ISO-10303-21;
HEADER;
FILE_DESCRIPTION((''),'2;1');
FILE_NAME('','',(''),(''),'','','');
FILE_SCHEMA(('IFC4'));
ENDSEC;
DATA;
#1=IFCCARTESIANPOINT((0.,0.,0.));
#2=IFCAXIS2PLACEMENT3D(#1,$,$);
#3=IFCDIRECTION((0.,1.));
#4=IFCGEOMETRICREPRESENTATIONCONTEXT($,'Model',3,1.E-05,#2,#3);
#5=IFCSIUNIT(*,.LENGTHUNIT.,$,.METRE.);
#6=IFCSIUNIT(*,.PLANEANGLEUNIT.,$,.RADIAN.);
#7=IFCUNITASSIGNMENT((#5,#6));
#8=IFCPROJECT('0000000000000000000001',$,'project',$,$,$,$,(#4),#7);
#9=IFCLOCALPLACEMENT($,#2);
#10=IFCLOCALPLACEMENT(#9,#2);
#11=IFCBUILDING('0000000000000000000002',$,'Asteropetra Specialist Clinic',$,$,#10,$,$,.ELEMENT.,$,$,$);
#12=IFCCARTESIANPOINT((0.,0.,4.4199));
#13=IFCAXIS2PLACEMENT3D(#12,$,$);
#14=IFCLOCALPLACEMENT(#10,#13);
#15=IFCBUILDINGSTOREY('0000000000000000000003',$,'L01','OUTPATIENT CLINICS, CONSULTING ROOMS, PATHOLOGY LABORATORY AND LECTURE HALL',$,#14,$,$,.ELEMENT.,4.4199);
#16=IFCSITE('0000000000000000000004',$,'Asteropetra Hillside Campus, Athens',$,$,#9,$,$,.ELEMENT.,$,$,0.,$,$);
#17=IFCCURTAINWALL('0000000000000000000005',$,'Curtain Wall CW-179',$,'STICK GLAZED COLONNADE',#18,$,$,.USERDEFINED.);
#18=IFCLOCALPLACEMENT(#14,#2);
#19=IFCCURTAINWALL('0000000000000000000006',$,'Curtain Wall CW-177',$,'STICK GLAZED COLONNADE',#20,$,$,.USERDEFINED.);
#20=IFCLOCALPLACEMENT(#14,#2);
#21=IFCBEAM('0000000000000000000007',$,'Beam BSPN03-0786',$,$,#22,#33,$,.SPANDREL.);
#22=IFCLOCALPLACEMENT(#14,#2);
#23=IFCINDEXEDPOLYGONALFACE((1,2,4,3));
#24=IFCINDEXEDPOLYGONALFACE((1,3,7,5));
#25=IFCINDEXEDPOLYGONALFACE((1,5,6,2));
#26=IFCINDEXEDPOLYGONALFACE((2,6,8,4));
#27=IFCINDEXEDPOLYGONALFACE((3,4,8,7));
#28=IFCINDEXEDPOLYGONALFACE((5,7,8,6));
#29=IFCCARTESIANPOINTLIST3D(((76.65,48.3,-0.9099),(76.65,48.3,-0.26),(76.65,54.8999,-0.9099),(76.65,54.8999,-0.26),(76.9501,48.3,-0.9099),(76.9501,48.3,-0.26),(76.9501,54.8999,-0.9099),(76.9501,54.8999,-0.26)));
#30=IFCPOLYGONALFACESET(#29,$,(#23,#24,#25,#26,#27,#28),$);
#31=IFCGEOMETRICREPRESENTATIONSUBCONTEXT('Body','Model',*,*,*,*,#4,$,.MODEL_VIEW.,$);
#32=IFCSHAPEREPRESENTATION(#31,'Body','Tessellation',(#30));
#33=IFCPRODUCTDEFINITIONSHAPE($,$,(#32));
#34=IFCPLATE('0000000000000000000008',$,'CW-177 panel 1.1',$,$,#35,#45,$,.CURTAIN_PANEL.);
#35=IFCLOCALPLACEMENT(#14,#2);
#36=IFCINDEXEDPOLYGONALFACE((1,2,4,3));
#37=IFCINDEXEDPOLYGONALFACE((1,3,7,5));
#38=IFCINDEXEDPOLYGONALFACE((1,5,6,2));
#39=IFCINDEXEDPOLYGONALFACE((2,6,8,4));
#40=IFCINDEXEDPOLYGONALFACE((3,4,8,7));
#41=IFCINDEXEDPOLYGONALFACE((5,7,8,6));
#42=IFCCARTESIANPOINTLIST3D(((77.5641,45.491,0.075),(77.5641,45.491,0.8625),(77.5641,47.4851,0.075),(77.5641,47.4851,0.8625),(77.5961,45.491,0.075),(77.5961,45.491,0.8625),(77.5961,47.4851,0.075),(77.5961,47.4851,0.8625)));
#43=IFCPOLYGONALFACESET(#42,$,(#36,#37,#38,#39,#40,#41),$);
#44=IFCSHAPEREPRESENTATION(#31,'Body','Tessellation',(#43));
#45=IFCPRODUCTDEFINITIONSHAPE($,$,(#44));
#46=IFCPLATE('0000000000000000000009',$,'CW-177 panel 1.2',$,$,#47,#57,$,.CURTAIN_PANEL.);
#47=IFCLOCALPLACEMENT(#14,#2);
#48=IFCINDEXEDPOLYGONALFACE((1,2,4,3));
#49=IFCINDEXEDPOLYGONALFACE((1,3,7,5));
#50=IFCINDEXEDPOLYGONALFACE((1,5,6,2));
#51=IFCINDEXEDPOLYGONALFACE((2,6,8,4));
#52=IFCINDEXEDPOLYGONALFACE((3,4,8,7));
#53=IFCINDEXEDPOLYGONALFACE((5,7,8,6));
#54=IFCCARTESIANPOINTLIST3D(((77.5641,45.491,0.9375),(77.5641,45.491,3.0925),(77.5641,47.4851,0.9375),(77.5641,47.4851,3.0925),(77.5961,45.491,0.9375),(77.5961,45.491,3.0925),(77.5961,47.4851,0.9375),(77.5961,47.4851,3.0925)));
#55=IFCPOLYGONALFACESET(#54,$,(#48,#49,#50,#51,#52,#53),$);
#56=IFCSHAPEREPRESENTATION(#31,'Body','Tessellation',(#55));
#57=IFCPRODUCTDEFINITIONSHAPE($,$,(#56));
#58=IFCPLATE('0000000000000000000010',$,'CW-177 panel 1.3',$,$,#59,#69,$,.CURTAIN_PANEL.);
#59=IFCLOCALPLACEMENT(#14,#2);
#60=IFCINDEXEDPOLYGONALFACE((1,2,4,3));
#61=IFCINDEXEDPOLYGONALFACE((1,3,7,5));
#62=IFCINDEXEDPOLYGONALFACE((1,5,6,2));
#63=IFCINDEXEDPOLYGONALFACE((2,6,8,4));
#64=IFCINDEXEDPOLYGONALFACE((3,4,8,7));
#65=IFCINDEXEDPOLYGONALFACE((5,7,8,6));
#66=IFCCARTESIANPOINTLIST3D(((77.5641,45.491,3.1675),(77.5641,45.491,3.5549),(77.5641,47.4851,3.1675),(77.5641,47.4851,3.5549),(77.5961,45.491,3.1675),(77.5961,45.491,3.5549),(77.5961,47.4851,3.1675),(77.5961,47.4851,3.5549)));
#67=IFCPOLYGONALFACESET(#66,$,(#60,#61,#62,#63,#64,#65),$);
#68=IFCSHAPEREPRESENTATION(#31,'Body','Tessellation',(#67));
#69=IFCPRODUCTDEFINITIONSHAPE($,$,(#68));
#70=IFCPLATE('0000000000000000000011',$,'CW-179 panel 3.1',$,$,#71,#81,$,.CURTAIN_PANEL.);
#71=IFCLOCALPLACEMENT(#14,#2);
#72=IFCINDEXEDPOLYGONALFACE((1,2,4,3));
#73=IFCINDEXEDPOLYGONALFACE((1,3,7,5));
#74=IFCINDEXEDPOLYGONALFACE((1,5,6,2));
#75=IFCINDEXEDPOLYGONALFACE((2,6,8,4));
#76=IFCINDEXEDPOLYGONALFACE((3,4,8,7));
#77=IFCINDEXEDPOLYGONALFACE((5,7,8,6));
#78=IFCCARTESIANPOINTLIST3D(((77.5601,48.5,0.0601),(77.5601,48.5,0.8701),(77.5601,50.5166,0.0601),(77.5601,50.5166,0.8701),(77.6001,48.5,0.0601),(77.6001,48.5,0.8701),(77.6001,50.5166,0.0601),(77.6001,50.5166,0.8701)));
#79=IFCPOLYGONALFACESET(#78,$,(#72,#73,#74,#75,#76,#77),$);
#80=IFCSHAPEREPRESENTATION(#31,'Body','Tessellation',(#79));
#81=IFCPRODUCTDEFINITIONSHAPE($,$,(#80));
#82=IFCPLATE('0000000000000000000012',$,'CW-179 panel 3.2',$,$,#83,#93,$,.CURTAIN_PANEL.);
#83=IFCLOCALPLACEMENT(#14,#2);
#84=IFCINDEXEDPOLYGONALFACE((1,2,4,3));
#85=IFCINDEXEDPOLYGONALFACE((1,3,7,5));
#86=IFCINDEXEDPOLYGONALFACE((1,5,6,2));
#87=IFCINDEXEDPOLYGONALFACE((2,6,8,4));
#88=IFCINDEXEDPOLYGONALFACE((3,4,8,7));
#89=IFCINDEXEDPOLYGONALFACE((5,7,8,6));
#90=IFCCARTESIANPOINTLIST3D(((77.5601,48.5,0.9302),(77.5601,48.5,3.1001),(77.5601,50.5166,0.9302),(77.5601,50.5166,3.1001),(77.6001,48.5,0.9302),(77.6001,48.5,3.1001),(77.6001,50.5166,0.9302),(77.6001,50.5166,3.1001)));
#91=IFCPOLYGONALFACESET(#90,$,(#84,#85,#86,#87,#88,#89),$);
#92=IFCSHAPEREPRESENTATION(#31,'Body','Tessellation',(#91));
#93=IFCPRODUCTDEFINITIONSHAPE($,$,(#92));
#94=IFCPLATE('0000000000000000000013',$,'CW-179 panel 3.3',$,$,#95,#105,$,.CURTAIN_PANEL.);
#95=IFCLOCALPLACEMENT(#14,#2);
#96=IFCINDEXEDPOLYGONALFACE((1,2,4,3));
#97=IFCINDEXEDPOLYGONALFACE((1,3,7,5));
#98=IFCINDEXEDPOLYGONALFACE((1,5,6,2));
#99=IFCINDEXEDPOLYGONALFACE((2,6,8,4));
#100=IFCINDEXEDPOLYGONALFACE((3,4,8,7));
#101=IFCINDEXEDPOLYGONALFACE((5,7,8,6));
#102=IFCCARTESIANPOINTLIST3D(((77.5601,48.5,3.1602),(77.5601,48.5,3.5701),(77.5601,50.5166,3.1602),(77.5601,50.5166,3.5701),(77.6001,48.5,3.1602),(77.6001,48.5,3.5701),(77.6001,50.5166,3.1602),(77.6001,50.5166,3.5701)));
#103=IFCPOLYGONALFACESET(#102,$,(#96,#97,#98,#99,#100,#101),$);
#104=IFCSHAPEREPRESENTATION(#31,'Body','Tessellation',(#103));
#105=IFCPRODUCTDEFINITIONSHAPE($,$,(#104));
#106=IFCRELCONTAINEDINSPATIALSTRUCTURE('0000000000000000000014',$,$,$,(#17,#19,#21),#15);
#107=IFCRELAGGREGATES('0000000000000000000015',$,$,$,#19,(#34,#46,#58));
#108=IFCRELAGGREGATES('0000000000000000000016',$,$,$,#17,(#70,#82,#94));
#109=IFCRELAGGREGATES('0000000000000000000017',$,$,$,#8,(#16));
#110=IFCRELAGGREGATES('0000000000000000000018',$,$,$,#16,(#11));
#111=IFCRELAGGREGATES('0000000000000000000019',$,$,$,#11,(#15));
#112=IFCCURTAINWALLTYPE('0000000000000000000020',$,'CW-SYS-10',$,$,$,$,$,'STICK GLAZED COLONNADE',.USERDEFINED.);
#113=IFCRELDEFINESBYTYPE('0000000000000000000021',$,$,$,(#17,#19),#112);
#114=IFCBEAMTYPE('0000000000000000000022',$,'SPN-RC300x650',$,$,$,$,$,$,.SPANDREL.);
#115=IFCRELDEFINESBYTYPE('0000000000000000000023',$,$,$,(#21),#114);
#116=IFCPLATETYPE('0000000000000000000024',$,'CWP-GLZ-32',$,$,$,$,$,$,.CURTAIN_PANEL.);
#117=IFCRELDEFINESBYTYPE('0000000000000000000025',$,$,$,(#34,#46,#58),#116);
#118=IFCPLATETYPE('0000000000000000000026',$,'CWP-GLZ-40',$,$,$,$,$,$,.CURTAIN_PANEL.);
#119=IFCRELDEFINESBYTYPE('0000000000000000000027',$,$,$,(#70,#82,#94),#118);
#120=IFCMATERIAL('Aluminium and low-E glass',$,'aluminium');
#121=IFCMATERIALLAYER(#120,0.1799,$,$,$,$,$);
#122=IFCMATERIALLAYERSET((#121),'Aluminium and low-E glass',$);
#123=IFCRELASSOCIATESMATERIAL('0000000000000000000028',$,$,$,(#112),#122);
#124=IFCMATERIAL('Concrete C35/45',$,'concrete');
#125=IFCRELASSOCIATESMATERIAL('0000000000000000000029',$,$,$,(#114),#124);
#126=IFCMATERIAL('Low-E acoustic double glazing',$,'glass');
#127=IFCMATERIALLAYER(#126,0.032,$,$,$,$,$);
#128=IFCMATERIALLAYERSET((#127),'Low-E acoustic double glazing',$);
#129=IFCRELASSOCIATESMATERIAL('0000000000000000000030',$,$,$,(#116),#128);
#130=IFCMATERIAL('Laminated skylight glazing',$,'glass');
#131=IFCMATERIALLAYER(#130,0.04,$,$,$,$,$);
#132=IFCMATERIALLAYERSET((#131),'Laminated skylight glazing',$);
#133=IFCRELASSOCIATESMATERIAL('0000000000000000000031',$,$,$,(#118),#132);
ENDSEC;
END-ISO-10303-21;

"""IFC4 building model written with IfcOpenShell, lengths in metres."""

from ifc_helpers import new_model, si_unit, direction, frame, origin, origin_2d, place, context, subcontext, project, spatial, rectangle, extrude, material, layer, layer_set, material_profile, profile_set, type_object, element, aggregate, save


model = new_model("IFC4")

# Units and contexts
model_context = context("Model", 3, precision=1e-05, world=origin(), true_north=direction((0.0, 1.0)))
body_context = subcontext(model_context, "Body", "Model", "MODEL_VIEW")
ifc_project = project(units=[si_unit("LENGTHUNIT", "METRE"), si_unit("PLANEANGLEUNIT", "RADIAN")], contexts=[model_context])

# Site, building, storey
site_placement = place(None, origin())
site = spatial("IfcSite", under=ifc_project, at=site_placement, Name="Asteropetra Hillside Campus, Athens", CompositionType="ELEMENT", RefElevation=0.0)
building_placement = place(site_placement, origin())
building = spatial("IfcBuilding", under=site, at=building_placement, Name="Asteropetra Specialist Clinic", CompositionType="ELEMENT")
storey_placement = place(building_placement, frame((0.0, 0.0, 4.4199)))
storey = spatial("IfcBuildingStorey", under=building, at=storey_placement, Name="L01", Description="OUTPATIENT CLINICS, CONSULTING ROOMS, PATHOLOGY LABORATORY AND LECTURE HALL", CompositionType="ELEMENT", Elevation=4.4199)

# Curtain wall
ifc_material_1 = material(Name="Aluminium and low-E glass", Category="aluminium")
ifc_layer_1 = layer(ifc_material_1, 0.1799)
ifc_layer_set_1 = layer_set([ifc_layer_1], Name="Aluminium and low-E glass")
curtain_wall_type = type_object("IfcCurtainWallType", Name="CW-SYS-10", ElementType="STICK GLAZED COLONNADE", PredefinedType="USERDEFINED", material=ifc_layer_set_1)
curtain_wall_1_placement = place(storey_placement, origin())
curtain_wall_1 = element("IfcCurtainWall", 1, at=curtain_wall_1_placement, inside=storey, type_object=curtain_wall_type, Name="Curtain Wall CW-179", ObjectType="STICK GLAZED COLONNADE", PredefinedType="USERDEFINED")

# Curtain wall
curtain_wall_2_placement = place(storey_placement, origin())
curtain_wall_2 = element("IfcCurtainWall", 2, at=curtain_wall_2_placement, inside=storey, type_object=curtain_wall_type, Name="Curtain Wall CW-177", ObjectType="STICK GLAZED COLONNADE", PredefinedType="USERDEFINED")

# Beam
ifc_material_2 = material(Name="Concrete C35/45", Category="concrete")
ifc_material_profile_1 = material_profile(ifc_material_2, rectangle(XDim=0.3, YDim=0.6499, at=origin_2d()), Name="RCS 300x650")
ifc_profile_set_1 = profile_set([ifc_material_profile_1], Name="Concrete C35/45")
beam_type_1 = type_object("IfcBeamType", Name="SPN-RC300x650", PredefinedType="SPANDREL", material=ifc_profile_set_1)
beam_1_placement = place(storey_placement, frame((76.8, 48.3, -0.585), z_axis=(0.0, 1.0, 0.0), x_axis=(-1.0, 0.0, 0.0)))
element("IfcBeam", 3, at=beam_1_placement, inside=storey, type_object=beam_type_1, Name="Beam BSPN03-0786", PredefinedType="SPANDREL", context=body_context, shape_type="SweptSolid", body=[
    extrude(rectangle(XDim=0.3, YDim=0.6499, at=origin_2d()), origin(), (0.0, 0.0, 1.0), 6.5999),
])

# Plates
ifc_material_3 = material(Name="Low-E acoustic double glazing", Category="glass")
ifc_layer_2 = layer(ifc_material_3, 0.032)
ifc_layer_set_2 = layer_set([ifc_layer_2], Name="Low-E acoustic double glazing")
plate_type_1 = type_object("IfcPlateType", Name="CWP-GLZ-32", PredefinedType="CURTAIN_PANEL", material=ifc_layer_set_2)
plate_1_placement = place(storey_placement, frame((77.5801, 46.488, 0.075), z_axis=(0.0, 0.0, 1.0), x_axis=(0.0, -1.0, 0.0)))
plate_1 = element("IfcPlate", 4, at=plate_1_placement, type_object=plate_type_1, Name="CW-177 panel 1.1", PredefinedType="CURTAIN_PANEL", context=body_context, shape_type="SweptSolid", body=[
    extrude(rectangle(XDim=1.9941, YDim=0.032, at=origin_2d()), origin(), (0.0, 0.0, 1.0), 0.7876),
])
plate_2_placement = place(storey_placement, frame((77.5801, 46.488, 0.9375), z_axis=(0.0, 0.0, 1.0), x_axis=(0.0, -1.0, 0.0)))
plate_2 = element("IfcPlate", 5, at=plate_2_placement, type_object=plate_type_1, Name="CW-177 panel 1.2", PredefinedType="CURTAIN_PANEL", context=body_context, shape_type="SweptSolid", body=[
    extrude(rectangle(XDim=1.9941, YDim=0.032, at=origin_2d()), origin(), (0.0, 0.0, 1.0), 2.155),
])
plate_3_placement = place(storey_placement, frame((77.5801, 46.488, 3.1675), z_axis=(0.0, 0.0, 1.0), x_axis=(0.0, -1.0, 0.0)))
plate_3 = element("IfcPlate", 6, at=plate_3_placement, type_object=plate_type_1, Name="CW-177 panel 1.3", PredefinedType="CURTAIN_PANEL", context=body_context, shape_type="SweptSolid", body=[
    extrude(rectangle(XDim=1.9941, YDim=0.032, at=origin_2d()), origin(), (0.0, 0.0, 1.0), 0.3875),
])
aggregate(curtain_wall_2, [plate_1, plate_2, plate_3])
ifc_material_4 = material(Name="Laminated skylight glazing", Category="glass")
ifc_layer_3 = layer(ifc_material_4, 0.04)
ifc_layer_set_3 = layer_set([ifc_layer_3], Name="Laminated skylight glazing")
plate_type_2 = type_object("IfcPlateType", Name="CWP-GLZ-40", PredefinedType="CURTAIN_PANEL", material=ifc_layer_set_3)
plate_4_placement = place(storey_placement, frame((77.5801, 49.5083, 0.0601), z_axis=(0.0, 0.0, 1.0), x_axis=(0.0, -1.0, 0.0)))
plate_4 = element("IfcPlate", 7, at=plate_4_placement, type_object=plate_type_2, Name="CW-179 panel 3.1", PredefinedType="CURTAIN_PANEL", context=body_context, shape_type="SweptSolid", body=[
    extrude(rectangle(XDim=2.0166, YDim=0.04, at=origin_2d()), origin(), (0.0, 0.0, 1.0), 0.8101),
])
plate_5_placement = place(storey_placement, frame((77.5801, 49.5083, 0.9302), z_axis=(0.0, 0.0, 1.0), x_axis=(0.0, -1.0, 0.0)))
plate_5 = element("IfcPlate", 8, at=plate_5_placement, type_object=plate_type_2, Name="CW-179 panel 3.2", PredefinedType="CURTAIN_PANEL", context=body_context, shape_type="SweptSolid", body=[
    extrude(rectangle(XDim=2.0166, YDim=0.04, at=origin_2d()), origin(), (0.0, 0.0, 1.0), 2.1699),
])
plate_6_placement = place(storey_placement, frame((77.5801, 49.5083, 3.1602), z_axis=(0.0, 0.0, 1.0), x_axis=(0.0, -1.0, 0.0)))
plate_6 = element("IfcPlate", 9, at=plate_6_placement, type_object=plate_type_2, Name="CW-179 panel 3.3", PredefinedType="CURTAIN_PANEL", context=body_context, shape_type="SweptSolid", body=[
    extrude(rectangle(XDim=2.0166, YDim=0.04, at=origin_2d()), origin(), (0.0, 0.0, 1.0), 0.4099),
])
aggregate(curtain_wall_1, [plate_4, plate_5, plate_6])

save(model, "model.ifc")
